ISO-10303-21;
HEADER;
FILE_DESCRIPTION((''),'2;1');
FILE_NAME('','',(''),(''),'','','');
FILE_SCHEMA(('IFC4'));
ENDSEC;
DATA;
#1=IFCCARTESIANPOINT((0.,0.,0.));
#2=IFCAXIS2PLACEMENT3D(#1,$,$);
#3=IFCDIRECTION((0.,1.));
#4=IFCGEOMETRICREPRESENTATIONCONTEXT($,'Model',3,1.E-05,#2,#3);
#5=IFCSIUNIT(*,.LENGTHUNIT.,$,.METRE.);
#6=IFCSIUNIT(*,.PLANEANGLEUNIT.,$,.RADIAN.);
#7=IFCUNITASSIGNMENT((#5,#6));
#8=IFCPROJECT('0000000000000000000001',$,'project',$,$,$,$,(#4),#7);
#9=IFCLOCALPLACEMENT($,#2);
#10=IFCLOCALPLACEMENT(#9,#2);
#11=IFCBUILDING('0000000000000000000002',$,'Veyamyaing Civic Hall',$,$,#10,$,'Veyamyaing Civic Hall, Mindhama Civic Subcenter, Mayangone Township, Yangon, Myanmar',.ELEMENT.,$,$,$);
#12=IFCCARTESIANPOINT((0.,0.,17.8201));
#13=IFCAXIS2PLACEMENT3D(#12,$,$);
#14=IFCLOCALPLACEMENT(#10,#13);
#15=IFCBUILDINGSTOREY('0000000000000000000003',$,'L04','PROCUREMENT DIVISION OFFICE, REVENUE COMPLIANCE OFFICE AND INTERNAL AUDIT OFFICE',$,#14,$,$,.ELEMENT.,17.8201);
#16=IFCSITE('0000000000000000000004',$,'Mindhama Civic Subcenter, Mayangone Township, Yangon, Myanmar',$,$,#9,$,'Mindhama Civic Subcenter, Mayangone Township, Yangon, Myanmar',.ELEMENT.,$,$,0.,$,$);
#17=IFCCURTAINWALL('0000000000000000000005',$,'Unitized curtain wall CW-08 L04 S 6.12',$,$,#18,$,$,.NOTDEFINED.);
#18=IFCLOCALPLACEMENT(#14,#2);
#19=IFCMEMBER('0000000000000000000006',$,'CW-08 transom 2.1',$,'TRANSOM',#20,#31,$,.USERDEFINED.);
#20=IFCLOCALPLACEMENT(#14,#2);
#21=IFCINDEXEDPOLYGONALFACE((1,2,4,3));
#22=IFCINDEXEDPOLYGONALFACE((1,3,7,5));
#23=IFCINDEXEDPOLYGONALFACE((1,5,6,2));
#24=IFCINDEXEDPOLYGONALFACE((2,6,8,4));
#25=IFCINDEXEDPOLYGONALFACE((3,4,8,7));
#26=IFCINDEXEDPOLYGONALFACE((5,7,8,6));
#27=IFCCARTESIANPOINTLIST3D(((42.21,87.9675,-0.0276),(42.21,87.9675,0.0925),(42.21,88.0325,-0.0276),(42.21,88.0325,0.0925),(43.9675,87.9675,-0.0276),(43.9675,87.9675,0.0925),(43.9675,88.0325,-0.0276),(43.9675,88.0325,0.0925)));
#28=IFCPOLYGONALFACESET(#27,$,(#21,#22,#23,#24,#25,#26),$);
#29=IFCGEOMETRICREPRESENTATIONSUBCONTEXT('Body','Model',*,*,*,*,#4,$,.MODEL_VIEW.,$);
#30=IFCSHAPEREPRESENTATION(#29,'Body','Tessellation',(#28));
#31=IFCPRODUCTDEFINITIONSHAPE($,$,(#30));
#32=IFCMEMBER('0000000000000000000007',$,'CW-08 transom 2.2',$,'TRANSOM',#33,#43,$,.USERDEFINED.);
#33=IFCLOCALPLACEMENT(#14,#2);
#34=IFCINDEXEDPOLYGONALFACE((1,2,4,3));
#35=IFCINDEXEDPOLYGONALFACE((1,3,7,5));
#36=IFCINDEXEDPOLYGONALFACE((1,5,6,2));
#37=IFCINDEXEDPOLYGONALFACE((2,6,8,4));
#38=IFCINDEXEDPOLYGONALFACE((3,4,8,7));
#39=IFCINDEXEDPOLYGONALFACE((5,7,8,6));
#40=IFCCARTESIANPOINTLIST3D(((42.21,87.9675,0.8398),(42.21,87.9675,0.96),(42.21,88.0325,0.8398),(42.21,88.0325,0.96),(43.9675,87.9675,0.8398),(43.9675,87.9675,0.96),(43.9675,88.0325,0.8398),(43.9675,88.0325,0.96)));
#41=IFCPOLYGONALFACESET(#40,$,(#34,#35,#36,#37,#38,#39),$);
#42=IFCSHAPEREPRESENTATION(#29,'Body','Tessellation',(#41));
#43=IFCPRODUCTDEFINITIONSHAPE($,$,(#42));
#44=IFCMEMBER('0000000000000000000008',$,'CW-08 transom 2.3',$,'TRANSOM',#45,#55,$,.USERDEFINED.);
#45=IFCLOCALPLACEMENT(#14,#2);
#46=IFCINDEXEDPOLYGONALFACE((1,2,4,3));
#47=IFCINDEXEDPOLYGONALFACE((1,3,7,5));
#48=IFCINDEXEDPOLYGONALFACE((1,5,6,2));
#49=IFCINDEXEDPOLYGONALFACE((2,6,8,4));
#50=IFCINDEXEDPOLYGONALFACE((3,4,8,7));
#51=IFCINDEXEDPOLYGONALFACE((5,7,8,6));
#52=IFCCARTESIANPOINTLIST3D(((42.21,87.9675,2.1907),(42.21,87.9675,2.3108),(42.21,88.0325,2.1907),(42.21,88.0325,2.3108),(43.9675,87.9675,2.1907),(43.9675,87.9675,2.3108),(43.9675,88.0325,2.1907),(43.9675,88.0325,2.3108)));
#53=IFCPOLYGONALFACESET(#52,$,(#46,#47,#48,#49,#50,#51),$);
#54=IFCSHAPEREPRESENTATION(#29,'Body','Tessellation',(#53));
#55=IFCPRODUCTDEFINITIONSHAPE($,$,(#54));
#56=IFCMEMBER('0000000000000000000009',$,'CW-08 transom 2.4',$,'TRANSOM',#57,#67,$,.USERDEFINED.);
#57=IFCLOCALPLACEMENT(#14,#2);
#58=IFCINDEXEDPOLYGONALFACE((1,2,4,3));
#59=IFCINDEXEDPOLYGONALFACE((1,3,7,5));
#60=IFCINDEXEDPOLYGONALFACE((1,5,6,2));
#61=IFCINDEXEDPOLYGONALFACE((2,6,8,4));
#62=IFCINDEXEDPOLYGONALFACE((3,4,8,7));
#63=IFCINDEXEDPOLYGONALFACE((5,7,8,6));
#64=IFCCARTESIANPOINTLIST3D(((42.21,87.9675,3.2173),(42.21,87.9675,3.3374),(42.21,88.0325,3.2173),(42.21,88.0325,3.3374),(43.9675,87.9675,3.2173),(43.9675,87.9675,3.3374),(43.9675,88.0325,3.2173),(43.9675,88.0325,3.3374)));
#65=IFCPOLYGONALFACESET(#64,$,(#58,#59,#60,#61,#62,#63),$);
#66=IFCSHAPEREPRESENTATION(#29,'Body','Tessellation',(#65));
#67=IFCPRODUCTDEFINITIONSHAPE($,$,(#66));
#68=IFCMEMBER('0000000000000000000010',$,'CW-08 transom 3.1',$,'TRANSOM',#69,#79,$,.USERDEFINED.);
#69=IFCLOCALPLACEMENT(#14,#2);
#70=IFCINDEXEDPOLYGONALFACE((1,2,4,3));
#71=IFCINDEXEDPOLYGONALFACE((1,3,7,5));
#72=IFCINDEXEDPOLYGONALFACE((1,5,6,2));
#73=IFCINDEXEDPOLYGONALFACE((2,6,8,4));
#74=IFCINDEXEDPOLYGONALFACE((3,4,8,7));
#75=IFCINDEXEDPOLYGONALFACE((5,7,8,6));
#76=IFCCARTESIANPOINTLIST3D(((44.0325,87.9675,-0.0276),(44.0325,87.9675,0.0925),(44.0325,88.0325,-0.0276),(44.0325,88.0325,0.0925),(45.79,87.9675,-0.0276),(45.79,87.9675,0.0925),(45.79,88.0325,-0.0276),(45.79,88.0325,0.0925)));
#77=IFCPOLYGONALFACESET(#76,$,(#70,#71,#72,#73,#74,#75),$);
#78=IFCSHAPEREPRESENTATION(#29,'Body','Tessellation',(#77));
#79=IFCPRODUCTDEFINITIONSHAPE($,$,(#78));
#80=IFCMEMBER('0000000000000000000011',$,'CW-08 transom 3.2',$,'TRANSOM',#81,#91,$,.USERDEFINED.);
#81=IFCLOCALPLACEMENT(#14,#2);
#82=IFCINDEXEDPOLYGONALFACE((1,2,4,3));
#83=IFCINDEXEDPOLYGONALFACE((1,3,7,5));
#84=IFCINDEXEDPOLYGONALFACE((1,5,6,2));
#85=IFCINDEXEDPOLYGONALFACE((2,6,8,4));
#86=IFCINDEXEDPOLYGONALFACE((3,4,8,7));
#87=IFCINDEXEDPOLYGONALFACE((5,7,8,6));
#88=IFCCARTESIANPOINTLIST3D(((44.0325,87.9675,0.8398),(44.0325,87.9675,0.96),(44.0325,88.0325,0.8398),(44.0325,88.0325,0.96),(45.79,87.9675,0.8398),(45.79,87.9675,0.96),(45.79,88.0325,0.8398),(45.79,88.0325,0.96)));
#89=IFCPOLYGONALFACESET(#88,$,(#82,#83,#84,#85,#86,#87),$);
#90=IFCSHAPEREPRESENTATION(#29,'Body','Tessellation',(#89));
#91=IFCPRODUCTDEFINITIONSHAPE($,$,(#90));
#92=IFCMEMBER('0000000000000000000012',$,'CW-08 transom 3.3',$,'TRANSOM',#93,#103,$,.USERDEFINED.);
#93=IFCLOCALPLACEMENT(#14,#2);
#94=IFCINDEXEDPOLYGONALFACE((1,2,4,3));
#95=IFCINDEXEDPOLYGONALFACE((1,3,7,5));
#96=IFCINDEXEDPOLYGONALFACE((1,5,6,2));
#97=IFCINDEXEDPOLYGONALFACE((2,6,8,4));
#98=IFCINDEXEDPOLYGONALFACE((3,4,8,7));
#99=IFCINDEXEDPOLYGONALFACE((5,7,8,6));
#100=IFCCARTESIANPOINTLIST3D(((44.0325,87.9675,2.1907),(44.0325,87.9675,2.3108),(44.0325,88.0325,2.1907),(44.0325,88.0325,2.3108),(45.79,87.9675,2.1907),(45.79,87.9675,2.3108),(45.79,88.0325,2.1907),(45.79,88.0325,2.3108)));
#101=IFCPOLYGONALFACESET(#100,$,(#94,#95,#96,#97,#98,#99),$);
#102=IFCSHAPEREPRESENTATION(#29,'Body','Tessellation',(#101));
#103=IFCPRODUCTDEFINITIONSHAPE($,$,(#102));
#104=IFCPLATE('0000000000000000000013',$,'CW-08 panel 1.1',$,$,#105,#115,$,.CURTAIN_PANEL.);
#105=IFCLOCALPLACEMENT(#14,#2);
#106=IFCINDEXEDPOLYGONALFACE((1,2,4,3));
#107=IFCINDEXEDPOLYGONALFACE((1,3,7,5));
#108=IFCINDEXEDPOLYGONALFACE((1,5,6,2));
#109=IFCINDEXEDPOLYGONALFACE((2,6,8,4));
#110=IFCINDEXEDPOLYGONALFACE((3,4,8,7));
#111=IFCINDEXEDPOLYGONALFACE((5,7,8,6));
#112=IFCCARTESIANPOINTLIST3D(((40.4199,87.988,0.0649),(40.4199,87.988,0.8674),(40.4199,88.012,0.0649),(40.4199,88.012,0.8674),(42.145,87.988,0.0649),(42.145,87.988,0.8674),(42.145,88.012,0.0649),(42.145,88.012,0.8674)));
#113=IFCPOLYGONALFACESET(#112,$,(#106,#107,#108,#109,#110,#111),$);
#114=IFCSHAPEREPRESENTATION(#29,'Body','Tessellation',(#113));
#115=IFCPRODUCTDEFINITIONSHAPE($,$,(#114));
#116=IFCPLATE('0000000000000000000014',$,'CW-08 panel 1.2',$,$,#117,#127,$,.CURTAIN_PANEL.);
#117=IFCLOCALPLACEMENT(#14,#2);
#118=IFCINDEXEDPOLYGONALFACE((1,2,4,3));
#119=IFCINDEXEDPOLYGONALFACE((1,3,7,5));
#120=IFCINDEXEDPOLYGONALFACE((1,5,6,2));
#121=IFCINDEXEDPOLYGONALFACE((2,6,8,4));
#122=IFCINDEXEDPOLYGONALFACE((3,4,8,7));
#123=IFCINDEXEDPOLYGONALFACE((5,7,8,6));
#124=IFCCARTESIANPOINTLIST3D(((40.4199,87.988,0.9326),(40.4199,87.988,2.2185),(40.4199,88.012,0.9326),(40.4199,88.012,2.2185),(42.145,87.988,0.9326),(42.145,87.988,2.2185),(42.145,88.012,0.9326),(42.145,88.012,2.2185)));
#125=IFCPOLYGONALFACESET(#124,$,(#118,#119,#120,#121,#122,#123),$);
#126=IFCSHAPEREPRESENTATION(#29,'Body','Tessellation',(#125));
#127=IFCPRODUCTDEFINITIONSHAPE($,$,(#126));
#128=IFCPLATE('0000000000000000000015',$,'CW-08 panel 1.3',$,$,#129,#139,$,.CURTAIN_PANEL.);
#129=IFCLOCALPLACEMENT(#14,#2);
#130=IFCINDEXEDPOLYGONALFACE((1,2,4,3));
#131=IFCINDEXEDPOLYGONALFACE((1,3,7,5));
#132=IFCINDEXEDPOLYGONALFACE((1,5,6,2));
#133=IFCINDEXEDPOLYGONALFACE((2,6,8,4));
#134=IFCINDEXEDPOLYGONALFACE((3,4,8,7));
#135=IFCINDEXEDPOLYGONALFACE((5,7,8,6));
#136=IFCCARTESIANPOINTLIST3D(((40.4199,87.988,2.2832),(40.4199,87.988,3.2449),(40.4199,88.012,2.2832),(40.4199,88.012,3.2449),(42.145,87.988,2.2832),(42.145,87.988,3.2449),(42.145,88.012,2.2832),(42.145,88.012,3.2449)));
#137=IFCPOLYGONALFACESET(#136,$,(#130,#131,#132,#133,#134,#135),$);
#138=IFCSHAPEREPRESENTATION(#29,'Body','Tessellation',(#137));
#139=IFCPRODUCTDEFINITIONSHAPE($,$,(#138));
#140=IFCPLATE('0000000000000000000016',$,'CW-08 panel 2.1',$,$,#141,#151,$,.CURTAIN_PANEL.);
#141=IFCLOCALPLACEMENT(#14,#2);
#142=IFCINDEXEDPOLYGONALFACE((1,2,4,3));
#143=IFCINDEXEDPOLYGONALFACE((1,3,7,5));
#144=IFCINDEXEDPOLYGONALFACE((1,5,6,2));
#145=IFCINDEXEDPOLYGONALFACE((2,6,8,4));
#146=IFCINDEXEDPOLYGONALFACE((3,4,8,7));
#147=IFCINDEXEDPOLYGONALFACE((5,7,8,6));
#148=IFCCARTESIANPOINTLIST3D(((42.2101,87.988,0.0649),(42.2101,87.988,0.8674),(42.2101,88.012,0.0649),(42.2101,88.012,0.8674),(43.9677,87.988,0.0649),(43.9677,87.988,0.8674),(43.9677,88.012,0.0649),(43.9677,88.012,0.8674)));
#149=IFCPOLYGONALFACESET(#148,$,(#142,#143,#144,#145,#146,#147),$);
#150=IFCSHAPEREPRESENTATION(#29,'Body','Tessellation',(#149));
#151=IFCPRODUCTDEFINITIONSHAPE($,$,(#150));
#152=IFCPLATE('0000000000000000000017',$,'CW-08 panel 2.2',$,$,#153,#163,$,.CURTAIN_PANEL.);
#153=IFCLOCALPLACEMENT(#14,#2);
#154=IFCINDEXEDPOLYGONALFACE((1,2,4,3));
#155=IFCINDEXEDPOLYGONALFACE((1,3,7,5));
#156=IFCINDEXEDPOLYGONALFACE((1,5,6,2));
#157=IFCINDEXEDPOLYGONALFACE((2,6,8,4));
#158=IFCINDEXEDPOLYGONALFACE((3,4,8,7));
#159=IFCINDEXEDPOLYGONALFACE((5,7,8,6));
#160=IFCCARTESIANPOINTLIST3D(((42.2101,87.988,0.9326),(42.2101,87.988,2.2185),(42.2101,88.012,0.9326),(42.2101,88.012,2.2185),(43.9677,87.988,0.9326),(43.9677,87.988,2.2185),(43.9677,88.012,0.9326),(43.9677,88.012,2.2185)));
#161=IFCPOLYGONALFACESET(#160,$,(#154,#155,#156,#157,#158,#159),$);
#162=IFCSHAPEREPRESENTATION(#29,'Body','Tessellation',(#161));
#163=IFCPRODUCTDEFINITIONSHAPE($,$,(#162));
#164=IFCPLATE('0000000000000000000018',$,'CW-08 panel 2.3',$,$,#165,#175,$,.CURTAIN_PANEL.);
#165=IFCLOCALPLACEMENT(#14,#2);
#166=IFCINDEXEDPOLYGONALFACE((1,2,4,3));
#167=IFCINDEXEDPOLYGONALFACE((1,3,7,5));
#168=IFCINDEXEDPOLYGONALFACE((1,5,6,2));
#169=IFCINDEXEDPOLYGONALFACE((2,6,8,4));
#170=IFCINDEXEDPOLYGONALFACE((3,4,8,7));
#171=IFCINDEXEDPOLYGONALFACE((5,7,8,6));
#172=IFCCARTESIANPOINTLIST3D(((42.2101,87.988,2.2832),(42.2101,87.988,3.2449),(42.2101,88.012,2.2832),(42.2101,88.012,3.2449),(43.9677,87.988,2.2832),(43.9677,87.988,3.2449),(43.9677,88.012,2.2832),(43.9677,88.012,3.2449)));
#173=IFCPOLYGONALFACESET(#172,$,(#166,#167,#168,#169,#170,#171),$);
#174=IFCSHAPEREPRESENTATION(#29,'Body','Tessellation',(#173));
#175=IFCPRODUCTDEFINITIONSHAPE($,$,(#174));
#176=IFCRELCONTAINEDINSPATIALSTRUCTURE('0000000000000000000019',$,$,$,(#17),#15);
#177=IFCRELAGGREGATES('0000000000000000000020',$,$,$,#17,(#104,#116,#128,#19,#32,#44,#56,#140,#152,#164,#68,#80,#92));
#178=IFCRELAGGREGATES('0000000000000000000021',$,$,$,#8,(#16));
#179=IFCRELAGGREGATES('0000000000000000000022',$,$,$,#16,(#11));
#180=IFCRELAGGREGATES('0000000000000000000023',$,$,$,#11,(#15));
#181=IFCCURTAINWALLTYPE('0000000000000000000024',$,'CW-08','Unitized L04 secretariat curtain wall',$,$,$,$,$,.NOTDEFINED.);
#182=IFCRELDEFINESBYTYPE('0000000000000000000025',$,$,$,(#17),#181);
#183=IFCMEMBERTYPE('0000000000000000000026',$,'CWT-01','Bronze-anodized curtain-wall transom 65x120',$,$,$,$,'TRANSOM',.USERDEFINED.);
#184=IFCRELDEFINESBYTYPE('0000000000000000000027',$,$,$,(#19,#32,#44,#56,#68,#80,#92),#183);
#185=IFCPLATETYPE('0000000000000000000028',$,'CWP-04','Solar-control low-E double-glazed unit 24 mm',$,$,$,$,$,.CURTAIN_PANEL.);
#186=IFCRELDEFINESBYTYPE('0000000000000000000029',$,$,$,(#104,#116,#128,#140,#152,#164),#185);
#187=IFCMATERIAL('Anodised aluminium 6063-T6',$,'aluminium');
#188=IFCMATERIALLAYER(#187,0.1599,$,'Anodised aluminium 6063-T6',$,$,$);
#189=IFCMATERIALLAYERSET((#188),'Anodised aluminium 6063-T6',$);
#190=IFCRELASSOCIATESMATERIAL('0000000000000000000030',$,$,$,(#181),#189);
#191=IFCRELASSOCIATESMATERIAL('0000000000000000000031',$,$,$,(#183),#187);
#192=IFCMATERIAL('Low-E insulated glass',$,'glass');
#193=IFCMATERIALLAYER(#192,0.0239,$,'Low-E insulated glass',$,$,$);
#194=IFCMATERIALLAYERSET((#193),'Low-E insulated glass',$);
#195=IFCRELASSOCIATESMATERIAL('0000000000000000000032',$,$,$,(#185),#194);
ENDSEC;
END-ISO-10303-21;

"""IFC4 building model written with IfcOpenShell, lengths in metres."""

from ifc_helpers import new_model, si_unit, direction, frame, origin, origin_2d, place, context, subcontext, project, spatial, rectangle, extrude, material, layer, layer_set, material_profile, profile_set, type_object, element, aggregate, save


model = new_model("IFC4")

# Units and contexts
model_context = context("Model", 3, precision=1e-05, world=origin(), true_north=direction((0.0, 1.0)))
body_context = subcontext(model_context, "Body", "Model", "MODEL_VIEW")
ifc_project = project(units=[si_unit("LENGTHUNIT", "METRE"), si_unit("PLANEANGLEUNIT", "RADIAN")], contexts=[model_context])

# Site, building, storey
site_placement = place(None, origin())
site = spatial("IfcSite", under=ifc_project, at=site_placement, Name="Mindhama Civic Subcenter, Mayangone Township, Yangon, Myanmar", LongName="Mindhama Civic Subcenter, Mayangone Township, Yangon, Myanmar", CompositionType="ELEMENT", RefElevation=0.0)
building_placement = place(site_placement, origin())
building = spatial("IfcBuilding", under=site, at=building_placement, Name="Veyamyaing Civic Hall", LongName="Veyamyaing Civic Hall, Mindhama Civic Subcenter, Mayangone Township, Yangon, Myanmar", CompositionType="ELEMENT")
storey_placement = place(building_placement, frame((0.0, 0.0, 17.8201)))
storey = spatial("IfcBuildingStorey", under=building, at=storey_placement, Name="L04", Description="PROCUREMENT DIVISION OFFICE, REVENUE COMPLIANCE OFFICE AND INTERNAL AUDIT OFFICE", CompositionType="ELEMENT", Elevation=17.8201)

# Curtain wall, members, plates
ifc_material_1 = material(Name="Anodised aluminium 6063-T6", Category="aluminium")
ifc_layer_1 = layer(ifc_material_1, 0.1599, Name="Anodised aluminium 6063-T6")
ifc_layer_set_1 = layer_set([ifc_layer_1], Name="Anodised aluminium 6063-T6")
curtain_wall_type = type_object("IfcCurtainWallType", Name="CW-08", Description="Unitized L04 secretariat curtain wall", PredefinedType="NOTDEFINED", material=ifc_layer_set_1)
curtain_wall_placement = place(storey_placement, origin())
curtain_wall = element("IfcCurtainWall", 1, at=curtain_wall_placement, inside=storey, type_object=curtain_wall_type, Name="Unitized curtain wall CW-08 L04 S 6.12", PredefinedType="NOTDEFINED")
ifc_material_profile_1 = material_profile(ifc_material_1, rectangle(XDim=0.0649, YDim=0.1201, at=origin_2d()), Name="ALU-TRN-65X120")
ifc_profile_set_1 = profile_set([ifc_material_profile_1], Name="Anodised aluminium 6063-T6")
member_type_1 = type_object("IfcMemberType", Name="CWT-01", Description="Bronze-anodized curtain-wall transom 65x120", ElementType="TRANSOM", PredefinedType="USERDEFINED", material=ifc_profile_set_1)
member_1_placement = place(storey_placement, frame((42.21, 88.0, 0.0325), z_axis=(1.0, 0.0, 0.0), x_axis=(0.0, 1.0, 0.0)))
member_1 = element("IfcMember", 2, at=member_1_placement, type_object=member_type_1, Name="CW-08 transom 2.1", ObjectType="TRANSOM", PredefinedType="USERDEFINED", context=body_context, shape_type="SweptSolid", body=[
    extrude(rectangle(XDim=0.0649, YDim=0.1201, at=origin_2d()), origin(), (0.0, 0.0, 1.0), 1.7576),
])
member_2_placement = place(storey_placement, frame((42.21, 88.0, 0.8999), z_axis=(1.0, 0.0, 0.0), x_axis=(0.0, 1.0, 0.0)))
member_2 = element("IfcMember", 3, at=member_2_placement, type_object=member_type_1, Name="CW-08 transom 2.2", ObjectType="TRANSOM", PredefinedType="USERDEFINED", context=body_context, shape_type="SweptSolid", body=[
    extrude(rectangle(XDim=0.0649, YDim=0.1201, at=origin_2d()), origin(), (0.0, 0.0, 1.0), 1.7576),
])
member_3_placement = place(storey_placement, frame((42.21, 88.0, 2.2507), z_axis=(1.0, 0.0, 0.0), x_axis=(0.0, 1.0, 0.0)))
member_3 = element("IfcMember", 4, at=member_3_placement, type_object=member_type_1, Name="CW-08 transom 2.3", ObjectType="TRANSOM", PredefinedType="USERDEFINED", context=body_context, shape_type="SweptSolid", body=[
    extrude(rectangle(XDim=0.0649, YDim=0.1201, at=origin_2d()), origin(), (0.0, 0.0, 1.0), 1.7576),
])
member_4_placement = place(storey_placement, frame((42.21, 88.0, 3.2773), z_axis=(1.0, 0.0, 0.0), x_axis=(0.0, 1.0, 0.0)))
member_4 = element("IfcMember", 5, at=member_4_placement, type_object=member_type_1, Name="CW-08 transom 2.4", ObjectType="TRANSOM", PredefinedType="USERDEFINED", context=body_context, shape_type="SweptSolid", body=[
    extrude(rectangle(XDim=0.0649, YDim=0.1201, at=origin_2d()), origin(), (0.0, 0.0, 1.0), 1.7576),
])
member_5_placement = place(storey_placement, frame((44.0325, 88.0, 0.0325), z_axis=(1.0, 0.0, 0.0), x_axis=(0.0, 1.0, 0.0)))
member_5 = element("IfcMember", 6, at=member_5_placement, type_object=member_type_1, Name="CW-08 transom 3.1", ObjectType="TRANSOM", PredefinedType="USERDEFINED", context=body_context, shape_type="SweptSolid", body=[
    extrude(rectangle(XDim=0.0649, YDim=0.1201, at=origin_2d()), origin(), (0.0, 0.0, 1.0), 1.7576),
])
member_6_placement = place(storey_placement, frame((44.0325, 88.0, 0.8999), z_axis=(1.0, 0.0, 0.0), x_axis=(0.0, 1.0, 0.0)))
member_6 = element("IfcMember", 7, at=member_6_placement, type_object=member_type_1, Name="CW-08 transom 3.2", ObjectType="TRANSOM", PredefinedType="USERDEFINED", context=body_context, shape_type="SweptSolid", body=[
    extrude(rectangle(XDim=0.0649, YDim=0.1201, at=origin_2d()), origin(), (0.0, 0.0, 1.0), 1.7576),
])
member_7_placement = place(storey_placement, frame((44.0325, 88.0, 2.2507), z_axis=(1.0, 0.0, 0.0), x_axis=(0.0, 1.0, 0.0)))
member_7 = element("IfcMember", 8, at=member_7_placement, type_object=member_type_1, Name="CW-08 transom 3.3", ObjectType="TRANSOM", PredefinedType="USERDEFINED", context=body_context, shape_type="SweptSolid", body=[
    extrude(rectangle(XDim=0.0649, YDim=0.1201, at=origin_2d()), origin(), (0.0, 0.0, 1.0), 1.7576),
])
ifc_material_2 = material(Name="Low-E insulated glass", Category="glass")
ifc_layer_2 = layer(ifc_material_2, 0.0239, Name="Low-E insulated glass")
ifc_layer_set_2 = layer_set([ifc_layer_2], Name="Low-E insulated glass")
plate_type = type_object("IfcPlateType", Name="CWP-04", Description="Solar-control low-E double-glazed unit 24 mm", PredefinedType="CURTAIN_PANEL", material=ifc_layer_set_2)
plate_1_placement = place(storey_placement, frame((41.2825, 88.0, 0.0649), z_axis=(0.0, 0.0, 1.0), x_axis=(1.0, 0.0, 0.0)))
plate_1 = element("IfcPlate", 9, at=plate_1_placement, type_object=plate_type, Name="CW-08 panel 1.1", PredefinedType="CURTAIN_PANEL", context=body_context, shape_type="SweptSolid", body=[
    extrude(rectangle(XDim=1.7251, YDim=0.0239, at=origin_2d()), origin(), (0.0, 0.0, 1.0), 0.8025),
])
plate_2_placement = place(storey_placement, frame((41.2825, 88.0, 0.9326), z_axis=(0.0, 0.0, 1.0), x_axis=(1.0, 0.0, 0.0)))
plate_2 = element("IfcPlate", 10, at=plate_2_placement, type_object=plate_type, Name="CW-08 panel 1.2", PredefinedType="CURTAIN_PANEL", context=body_context, shape_type="SweptSolid", body=[
    extrude(rectangle(XDim=1.7251, YDim=0.0239, at=origin_2d()), origin(), (0.0, 0.0, 1.0), 1.2859),
])
plate_3_placement = place(storey_placement, frame((41.2825, 88.0, 2.2832), z_axis=(0.0, 0.0, 1.0), x_axis=(1.0, 0.0, 0.0)))
plate_3 = element("IfcPlate", 11, at=plate_3_placement, type_object=plate_type, Name="CW-08 panel 1.3", PredefinedType="CURTAIN_PANEL", context=body_context, shape_type="SweptSolid", body=[
    extrude(rectangle(XDim=1.7251, YDim=0.0239, at=origin_2d()), origin(), (0.0, 0.0, 1.0), 0.9617),
])
plate_4_placement = place(storey_placement, frame((43.0889, 88.0, 0.0649), z_axis=(0.0, 0.0, 1.0), x_axis=(1.0, 0.0, 0.0)))
plate_4 = element("IfcPlate", 12, at=plate_4_placement, type_object=plate_type, Name="CW-08 panel 2.1", PredefinedType="CURTAIN_PANEL", context=body_context, shape_type="SweptSolid", body=[
    extrude(rectangle(XDim=1.7576, YDim=0.0239, at=origin_2d()), origin(), (0.0, 0.0, 1.0), 0.8025),
])
plate_5_placement = place(storey_placement, frame((43.0889, 88.0, 0.9326), z_axis=(0.0, 0.0, 1.0), x_axis=(1.0, 0.0, 0.0)))
plate_5 = element("IfcPlate", 13, at=plate_5_placement, type_object=plate_type, Name="CW-08 panel 2.2", PredefinedType="CURTAIN_PANEL", context=body_context, shape_type="SweptSolid", body=[
    extrude(rectangle(XDim=1.7576, YDim=0.0239, at=origin_2d()), origin(), (0.0, 0.0, 1.0), 1.2859),
])
plate_6_placement = place(storey_placement, frame((43.0889, 88.0, 2.2832), z_axis=(0.0, 0.0, 1.0), x_axis=(1.0, 0.0, 0.0)))
plate_6 = element("IfcPlate", 14, at=plate_6_placement, type_object=plate_type, Name="CW-08 panel 2.3", PredefinedType="CURTAIN_PANEL", context=body_context, shape_type="SweptSolid", body=[
    extrude(rectangle(XDim=1.7576, YDim=0.0239, at=origin_2d()), origin(), (0.0, 0.0, 1.0), 0.9617),
])
aggregate(curtain_wall, [plate_1, plate_2, plate_3, member_1, member_2, member_3, member_4, plate_4, plate_5, plate_6, member_5, member_6, member_7])

save(model, "model.ifc")
